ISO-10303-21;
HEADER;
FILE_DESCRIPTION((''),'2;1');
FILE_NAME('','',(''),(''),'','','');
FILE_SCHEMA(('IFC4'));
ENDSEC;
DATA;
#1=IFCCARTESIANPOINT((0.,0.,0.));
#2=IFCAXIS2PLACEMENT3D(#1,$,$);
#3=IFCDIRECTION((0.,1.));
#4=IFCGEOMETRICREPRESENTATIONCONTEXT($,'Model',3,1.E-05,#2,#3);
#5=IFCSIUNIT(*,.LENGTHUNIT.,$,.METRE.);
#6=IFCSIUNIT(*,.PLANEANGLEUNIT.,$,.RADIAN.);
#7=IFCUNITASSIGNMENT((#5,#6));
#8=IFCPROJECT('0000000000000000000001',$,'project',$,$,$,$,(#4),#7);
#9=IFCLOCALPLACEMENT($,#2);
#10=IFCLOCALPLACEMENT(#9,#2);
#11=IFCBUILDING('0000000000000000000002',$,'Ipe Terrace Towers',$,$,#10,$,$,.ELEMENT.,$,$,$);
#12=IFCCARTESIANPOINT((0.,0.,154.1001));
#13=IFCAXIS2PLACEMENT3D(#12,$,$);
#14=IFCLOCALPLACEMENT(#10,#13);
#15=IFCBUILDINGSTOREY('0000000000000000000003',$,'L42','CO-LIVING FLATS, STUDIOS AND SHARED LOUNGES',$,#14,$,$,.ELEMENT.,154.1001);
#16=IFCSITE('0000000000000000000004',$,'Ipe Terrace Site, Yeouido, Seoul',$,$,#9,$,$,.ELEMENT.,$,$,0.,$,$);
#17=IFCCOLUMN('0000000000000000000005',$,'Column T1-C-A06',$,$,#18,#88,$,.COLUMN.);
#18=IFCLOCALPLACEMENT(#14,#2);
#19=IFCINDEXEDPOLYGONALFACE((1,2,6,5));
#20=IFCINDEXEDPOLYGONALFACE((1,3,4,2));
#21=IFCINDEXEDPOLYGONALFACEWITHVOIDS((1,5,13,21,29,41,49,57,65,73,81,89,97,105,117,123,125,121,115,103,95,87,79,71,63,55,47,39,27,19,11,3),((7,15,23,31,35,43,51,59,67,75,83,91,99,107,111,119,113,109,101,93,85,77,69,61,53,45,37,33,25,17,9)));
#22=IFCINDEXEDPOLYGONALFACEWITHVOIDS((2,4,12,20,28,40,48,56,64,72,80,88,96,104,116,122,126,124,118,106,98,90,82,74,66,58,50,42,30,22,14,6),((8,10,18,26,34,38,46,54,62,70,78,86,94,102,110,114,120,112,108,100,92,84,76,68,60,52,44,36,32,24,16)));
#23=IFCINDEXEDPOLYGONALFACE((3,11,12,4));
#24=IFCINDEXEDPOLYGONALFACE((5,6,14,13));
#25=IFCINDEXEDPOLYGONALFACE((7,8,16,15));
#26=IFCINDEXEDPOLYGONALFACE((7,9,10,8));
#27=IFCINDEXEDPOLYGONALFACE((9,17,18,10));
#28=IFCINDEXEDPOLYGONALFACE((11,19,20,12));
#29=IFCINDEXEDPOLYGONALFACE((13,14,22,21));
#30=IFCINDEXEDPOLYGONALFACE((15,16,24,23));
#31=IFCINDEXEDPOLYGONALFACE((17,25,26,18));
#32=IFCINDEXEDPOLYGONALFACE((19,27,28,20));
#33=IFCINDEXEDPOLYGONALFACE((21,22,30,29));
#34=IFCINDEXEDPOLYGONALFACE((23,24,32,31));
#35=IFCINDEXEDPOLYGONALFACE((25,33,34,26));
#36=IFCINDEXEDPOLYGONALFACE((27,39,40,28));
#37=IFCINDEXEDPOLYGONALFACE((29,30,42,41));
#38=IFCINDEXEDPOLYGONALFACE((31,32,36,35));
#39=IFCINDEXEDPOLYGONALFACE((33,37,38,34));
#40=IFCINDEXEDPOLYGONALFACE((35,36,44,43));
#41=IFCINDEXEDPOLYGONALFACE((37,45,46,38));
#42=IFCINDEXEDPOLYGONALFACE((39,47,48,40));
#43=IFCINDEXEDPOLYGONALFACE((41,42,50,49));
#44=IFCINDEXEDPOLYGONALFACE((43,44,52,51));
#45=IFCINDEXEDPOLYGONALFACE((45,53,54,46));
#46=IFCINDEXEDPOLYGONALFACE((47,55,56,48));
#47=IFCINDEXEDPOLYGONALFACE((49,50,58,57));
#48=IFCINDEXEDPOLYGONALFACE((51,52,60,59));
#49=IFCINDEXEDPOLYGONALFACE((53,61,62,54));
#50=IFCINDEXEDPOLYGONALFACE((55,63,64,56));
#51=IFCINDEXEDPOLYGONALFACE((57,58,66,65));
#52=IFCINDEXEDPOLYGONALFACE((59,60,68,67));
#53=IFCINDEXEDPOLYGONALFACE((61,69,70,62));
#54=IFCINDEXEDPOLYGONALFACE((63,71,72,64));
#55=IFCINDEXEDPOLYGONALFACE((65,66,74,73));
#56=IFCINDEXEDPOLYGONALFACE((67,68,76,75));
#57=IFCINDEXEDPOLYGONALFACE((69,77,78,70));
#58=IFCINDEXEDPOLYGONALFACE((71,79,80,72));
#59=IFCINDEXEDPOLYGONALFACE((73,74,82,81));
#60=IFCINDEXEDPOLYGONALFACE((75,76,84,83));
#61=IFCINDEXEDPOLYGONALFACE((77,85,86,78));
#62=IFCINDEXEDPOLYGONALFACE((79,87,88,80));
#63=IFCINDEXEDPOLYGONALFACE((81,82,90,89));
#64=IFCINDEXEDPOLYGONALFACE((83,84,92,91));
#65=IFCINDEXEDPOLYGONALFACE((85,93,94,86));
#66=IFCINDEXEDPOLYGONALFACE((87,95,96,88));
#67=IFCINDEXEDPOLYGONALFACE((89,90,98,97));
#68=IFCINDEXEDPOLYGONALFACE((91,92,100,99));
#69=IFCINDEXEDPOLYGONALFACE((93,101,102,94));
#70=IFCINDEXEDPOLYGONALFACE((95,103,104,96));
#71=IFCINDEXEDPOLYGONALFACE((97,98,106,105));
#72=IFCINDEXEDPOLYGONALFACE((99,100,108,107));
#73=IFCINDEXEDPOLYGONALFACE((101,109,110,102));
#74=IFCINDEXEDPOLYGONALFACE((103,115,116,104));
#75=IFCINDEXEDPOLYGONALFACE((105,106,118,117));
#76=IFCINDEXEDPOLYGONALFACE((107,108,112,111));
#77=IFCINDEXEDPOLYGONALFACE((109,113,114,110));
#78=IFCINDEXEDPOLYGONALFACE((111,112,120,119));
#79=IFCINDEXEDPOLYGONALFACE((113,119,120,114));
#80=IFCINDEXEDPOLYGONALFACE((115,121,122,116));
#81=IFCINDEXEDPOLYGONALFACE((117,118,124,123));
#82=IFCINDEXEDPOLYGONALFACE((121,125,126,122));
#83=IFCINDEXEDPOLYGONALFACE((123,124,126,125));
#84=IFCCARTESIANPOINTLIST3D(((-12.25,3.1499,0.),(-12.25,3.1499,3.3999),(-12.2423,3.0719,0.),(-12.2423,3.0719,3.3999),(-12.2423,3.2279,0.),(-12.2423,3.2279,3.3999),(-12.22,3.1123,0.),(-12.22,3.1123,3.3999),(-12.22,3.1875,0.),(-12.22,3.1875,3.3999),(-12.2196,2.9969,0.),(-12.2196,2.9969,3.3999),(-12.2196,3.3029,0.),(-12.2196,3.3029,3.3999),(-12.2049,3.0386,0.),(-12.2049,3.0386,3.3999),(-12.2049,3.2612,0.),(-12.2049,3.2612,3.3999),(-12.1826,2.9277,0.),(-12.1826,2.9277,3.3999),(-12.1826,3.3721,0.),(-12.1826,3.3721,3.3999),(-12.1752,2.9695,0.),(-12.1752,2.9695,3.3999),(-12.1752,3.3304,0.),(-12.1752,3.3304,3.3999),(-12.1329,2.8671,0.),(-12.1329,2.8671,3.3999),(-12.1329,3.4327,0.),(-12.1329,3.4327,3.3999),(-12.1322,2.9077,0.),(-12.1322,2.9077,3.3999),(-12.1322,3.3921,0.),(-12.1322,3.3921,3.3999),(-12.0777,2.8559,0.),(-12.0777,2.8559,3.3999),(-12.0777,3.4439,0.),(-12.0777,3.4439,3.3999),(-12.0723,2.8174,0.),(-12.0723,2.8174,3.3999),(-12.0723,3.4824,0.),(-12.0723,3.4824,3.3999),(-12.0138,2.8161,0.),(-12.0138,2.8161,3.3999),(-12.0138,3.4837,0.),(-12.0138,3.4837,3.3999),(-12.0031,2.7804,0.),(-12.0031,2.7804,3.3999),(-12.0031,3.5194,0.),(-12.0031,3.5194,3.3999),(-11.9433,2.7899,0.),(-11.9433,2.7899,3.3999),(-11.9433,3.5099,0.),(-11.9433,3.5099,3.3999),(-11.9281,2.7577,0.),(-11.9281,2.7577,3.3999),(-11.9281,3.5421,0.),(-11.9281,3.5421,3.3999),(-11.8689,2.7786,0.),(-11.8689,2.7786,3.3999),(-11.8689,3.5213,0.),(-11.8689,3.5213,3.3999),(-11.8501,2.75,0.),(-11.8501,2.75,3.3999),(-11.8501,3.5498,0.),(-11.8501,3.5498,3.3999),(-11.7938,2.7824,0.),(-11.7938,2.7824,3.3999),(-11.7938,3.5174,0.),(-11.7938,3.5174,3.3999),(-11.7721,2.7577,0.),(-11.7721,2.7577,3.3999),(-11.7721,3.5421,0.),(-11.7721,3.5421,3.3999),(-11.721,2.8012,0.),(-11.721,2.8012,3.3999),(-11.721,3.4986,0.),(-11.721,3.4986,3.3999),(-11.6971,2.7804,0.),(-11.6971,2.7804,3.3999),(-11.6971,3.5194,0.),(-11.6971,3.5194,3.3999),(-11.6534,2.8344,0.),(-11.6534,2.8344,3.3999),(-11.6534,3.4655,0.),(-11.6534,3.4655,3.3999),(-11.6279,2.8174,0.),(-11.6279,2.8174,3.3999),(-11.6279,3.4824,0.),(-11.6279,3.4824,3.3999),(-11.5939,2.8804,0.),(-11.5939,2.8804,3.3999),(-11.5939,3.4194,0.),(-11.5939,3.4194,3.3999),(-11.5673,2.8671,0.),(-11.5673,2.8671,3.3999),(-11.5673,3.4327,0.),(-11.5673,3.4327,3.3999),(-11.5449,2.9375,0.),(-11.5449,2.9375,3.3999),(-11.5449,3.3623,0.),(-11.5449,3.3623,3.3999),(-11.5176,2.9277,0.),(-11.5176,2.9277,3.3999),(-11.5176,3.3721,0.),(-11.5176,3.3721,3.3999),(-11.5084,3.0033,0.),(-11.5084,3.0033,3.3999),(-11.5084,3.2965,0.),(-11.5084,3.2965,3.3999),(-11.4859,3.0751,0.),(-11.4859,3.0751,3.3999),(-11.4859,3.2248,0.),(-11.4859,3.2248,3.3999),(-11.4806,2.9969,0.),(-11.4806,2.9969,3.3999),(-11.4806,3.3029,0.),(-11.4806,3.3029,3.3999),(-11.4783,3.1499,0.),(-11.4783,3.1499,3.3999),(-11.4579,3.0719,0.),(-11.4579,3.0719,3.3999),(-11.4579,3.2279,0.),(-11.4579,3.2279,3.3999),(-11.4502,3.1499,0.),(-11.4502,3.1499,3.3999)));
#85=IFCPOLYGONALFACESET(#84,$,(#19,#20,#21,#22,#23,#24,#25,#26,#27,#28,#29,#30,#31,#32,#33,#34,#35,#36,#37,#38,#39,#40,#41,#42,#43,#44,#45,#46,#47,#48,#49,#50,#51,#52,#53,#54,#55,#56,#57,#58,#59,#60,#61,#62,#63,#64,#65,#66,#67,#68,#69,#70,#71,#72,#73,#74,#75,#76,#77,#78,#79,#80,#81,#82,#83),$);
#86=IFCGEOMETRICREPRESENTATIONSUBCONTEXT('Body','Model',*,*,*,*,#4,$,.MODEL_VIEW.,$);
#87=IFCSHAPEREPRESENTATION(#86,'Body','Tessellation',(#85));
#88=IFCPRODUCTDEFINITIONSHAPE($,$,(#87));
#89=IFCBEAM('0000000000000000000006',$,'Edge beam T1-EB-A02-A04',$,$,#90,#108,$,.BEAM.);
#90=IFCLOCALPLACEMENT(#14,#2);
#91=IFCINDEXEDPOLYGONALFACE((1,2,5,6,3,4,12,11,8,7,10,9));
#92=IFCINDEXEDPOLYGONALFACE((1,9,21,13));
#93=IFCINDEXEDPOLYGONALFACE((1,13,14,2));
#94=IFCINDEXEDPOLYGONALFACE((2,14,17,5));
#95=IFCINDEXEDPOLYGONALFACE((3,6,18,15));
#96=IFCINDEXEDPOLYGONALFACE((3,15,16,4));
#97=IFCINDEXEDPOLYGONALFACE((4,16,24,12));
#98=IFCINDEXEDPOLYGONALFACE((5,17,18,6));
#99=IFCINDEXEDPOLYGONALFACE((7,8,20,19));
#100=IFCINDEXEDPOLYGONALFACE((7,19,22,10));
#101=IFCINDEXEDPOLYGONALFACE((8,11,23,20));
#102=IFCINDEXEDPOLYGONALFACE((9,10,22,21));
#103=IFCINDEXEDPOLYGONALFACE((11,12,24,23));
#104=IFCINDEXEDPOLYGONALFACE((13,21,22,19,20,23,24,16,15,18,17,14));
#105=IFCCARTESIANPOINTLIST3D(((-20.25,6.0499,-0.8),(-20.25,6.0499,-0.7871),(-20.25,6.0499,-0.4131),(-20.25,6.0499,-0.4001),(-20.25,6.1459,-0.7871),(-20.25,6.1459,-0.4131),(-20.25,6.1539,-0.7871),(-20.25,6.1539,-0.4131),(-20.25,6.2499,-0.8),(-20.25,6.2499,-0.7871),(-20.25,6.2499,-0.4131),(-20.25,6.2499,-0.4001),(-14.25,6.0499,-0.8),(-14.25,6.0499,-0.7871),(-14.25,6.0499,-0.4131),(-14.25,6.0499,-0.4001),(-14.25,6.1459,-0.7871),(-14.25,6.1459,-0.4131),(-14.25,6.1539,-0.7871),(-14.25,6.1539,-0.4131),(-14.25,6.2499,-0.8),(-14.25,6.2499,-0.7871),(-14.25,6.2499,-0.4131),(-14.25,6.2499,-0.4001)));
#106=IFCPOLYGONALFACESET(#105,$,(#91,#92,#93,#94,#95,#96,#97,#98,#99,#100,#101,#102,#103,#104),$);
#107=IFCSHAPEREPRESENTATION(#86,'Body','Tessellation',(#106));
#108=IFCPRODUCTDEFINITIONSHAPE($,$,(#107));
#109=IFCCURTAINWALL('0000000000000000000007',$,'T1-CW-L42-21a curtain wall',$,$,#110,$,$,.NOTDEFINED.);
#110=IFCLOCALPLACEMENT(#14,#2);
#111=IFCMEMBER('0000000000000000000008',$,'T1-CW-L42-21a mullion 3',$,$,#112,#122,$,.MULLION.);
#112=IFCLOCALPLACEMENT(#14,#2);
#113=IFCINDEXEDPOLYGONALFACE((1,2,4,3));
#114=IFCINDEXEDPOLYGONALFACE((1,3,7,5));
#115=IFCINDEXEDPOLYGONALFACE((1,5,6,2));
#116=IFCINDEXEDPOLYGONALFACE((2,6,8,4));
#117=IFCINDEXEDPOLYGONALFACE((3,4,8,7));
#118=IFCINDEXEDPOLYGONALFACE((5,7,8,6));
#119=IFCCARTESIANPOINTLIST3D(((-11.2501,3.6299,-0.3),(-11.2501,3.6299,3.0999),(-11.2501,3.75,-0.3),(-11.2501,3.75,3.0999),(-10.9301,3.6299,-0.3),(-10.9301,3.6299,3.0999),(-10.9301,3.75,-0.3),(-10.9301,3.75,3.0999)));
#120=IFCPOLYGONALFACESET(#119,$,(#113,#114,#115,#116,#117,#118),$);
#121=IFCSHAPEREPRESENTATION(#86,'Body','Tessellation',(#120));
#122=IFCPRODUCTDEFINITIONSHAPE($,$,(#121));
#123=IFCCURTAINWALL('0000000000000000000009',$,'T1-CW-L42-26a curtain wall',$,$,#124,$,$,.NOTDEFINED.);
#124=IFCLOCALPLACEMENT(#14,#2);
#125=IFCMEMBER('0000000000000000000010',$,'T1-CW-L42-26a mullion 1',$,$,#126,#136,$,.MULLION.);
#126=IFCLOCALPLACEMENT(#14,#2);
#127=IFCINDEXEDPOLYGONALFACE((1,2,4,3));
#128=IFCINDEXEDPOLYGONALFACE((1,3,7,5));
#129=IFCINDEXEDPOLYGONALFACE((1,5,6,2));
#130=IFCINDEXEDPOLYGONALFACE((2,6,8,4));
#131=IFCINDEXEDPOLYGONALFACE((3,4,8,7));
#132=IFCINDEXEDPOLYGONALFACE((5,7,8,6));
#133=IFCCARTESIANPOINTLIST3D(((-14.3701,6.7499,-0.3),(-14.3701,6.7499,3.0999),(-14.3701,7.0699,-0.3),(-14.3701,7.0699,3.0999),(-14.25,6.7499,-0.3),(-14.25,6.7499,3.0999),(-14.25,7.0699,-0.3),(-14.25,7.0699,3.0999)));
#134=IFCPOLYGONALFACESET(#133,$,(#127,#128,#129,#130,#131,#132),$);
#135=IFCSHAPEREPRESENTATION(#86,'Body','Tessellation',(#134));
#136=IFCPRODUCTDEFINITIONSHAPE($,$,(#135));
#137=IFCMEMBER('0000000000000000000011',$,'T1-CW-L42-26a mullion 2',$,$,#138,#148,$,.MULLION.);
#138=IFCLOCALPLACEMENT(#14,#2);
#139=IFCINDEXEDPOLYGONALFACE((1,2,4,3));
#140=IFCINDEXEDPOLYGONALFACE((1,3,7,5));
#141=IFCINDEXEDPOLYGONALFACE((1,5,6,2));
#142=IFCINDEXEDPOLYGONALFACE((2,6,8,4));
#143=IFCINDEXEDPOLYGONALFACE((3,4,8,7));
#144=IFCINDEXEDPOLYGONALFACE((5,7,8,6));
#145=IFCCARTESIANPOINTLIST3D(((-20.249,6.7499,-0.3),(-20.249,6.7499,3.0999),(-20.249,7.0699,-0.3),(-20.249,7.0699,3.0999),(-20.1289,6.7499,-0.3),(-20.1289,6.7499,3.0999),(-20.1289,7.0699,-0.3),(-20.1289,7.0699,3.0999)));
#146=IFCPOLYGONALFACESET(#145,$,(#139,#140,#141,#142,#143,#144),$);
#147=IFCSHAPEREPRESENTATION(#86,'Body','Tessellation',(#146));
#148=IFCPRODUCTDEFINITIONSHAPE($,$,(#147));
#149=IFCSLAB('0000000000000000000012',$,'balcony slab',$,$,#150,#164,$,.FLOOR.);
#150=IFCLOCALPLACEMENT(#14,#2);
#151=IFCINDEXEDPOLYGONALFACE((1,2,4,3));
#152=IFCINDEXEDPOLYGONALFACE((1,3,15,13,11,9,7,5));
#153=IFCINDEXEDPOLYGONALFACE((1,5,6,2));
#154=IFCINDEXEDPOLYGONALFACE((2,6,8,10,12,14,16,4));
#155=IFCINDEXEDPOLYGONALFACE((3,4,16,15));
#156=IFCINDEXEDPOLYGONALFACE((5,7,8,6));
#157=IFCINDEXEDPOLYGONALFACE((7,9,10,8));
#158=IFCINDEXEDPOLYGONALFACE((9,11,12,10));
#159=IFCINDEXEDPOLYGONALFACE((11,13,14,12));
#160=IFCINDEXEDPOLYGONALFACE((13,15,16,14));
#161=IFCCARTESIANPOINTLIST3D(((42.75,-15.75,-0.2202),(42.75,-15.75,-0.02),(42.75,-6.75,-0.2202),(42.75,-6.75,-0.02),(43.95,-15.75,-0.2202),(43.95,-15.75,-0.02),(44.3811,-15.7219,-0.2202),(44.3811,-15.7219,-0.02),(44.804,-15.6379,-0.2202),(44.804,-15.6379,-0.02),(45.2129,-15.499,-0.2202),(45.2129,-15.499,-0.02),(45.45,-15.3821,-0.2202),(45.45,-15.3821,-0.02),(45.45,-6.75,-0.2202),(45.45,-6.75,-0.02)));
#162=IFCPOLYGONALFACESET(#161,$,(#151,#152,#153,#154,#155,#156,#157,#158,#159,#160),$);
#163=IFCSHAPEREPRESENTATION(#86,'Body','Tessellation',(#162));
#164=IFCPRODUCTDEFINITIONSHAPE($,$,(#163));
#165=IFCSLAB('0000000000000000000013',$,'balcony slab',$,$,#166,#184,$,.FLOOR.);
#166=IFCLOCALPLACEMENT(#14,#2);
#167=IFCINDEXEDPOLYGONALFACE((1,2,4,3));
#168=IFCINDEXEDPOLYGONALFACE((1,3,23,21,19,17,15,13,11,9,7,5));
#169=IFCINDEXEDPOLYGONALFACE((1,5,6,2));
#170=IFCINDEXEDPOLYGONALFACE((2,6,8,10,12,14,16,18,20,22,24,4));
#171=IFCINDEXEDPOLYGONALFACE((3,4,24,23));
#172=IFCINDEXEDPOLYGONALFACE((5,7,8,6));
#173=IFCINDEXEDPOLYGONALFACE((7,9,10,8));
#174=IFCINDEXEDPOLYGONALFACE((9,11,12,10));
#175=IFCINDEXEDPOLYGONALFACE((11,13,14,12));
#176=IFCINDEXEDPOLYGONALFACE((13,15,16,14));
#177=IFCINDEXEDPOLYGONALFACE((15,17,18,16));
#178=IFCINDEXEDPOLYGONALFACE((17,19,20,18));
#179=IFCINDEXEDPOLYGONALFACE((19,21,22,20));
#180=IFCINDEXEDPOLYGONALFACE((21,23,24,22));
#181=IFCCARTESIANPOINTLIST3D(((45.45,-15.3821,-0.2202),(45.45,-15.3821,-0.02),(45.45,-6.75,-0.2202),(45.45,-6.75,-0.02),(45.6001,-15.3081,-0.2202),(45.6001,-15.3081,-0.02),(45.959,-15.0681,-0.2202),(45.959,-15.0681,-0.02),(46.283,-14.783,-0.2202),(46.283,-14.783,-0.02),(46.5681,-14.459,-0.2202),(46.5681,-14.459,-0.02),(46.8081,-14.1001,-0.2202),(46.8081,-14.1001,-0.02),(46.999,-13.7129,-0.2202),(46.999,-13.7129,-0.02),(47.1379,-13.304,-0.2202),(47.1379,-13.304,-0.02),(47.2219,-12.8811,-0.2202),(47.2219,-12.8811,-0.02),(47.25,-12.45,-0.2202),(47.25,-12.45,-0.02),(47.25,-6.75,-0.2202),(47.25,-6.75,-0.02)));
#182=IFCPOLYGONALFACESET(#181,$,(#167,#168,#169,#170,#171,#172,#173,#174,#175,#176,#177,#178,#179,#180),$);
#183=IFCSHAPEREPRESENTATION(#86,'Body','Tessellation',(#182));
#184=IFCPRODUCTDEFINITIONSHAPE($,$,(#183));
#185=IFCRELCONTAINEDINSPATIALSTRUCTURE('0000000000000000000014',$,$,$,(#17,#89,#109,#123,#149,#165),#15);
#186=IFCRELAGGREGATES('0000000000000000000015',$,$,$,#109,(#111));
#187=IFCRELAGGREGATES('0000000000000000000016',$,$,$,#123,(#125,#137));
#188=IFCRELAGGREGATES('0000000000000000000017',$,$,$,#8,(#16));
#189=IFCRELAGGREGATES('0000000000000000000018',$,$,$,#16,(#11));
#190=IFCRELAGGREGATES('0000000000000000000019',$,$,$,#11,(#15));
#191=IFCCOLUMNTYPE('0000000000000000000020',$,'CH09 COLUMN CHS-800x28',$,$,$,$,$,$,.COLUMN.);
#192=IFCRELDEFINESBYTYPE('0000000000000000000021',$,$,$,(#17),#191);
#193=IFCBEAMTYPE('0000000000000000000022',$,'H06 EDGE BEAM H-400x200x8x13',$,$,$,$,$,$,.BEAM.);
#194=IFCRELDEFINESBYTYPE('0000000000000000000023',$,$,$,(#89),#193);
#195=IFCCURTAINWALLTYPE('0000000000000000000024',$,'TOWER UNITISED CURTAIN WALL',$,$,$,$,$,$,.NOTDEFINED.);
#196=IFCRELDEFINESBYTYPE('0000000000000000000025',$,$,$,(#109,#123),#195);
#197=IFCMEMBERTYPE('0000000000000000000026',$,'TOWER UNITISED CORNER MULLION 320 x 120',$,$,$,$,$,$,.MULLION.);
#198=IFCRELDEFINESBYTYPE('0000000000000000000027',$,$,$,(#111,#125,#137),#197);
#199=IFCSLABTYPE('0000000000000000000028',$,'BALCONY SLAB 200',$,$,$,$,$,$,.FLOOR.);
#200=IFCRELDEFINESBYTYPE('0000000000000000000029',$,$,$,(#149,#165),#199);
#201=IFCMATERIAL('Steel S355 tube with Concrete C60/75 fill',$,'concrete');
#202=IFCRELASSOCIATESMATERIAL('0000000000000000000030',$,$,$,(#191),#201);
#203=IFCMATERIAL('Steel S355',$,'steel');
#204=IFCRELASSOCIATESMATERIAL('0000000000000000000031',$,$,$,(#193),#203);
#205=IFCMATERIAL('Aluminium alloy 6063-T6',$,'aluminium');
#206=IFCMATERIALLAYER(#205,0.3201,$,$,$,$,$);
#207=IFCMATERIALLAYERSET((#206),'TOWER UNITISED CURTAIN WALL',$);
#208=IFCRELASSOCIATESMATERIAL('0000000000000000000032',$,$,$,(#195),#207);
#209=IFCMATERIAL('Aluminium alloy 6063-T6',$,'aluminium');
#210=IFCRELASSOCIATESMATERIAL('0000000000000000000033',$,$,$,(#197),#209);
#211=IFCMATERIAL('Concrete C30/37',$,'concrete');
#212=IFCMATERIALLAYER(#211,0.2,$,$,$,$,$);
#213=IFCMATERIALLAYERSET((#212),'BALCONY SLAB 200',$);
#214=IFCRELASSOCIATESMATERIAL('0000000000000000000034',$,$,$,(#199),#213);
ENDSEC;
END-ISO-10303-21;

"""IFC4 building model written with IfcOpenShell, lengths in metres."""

from ifc_helpers import new_model, si_unit, direction, frame, origin, origin_2d, place, context, subcontext, project, spatial, polyline, rectangle, hollow_circle, i_section, outline, extrude, material, layer, layer_set, material_profile, profile_set, type_object, element, aggregate, save


model = new_model("IFC4")

# Units and contexts
model_context = context("Model", 3, precision=1e-05, world=origin(), true_north=direction((0.0, 1.0)))
body_context = subcontext(model_context, "Body", "Model", "MODEL_VIEW")
ifc_project = project(units=[si_unit("LENGTHUNIT", "METRE"), si_unit("PLANEANGLEUNIT", "RADIAN")], contexts=[model_context])

# Site, building, storey
site_placement = place(None, origin())
site = spatial("IfcSite", under=ifc_project, at=site_placement, Name="Ipe Terrace Site, Yeouido, Seoul", CompositionType="ELEMENT", RefElevation=0.0)
building_placement = place(site_placement, origin())
building = spatial("IfcBuilding", under=site, at=building_placement, Name="Ipe Terrace Towers", CompositionType="ELEMENT")
storey_placement = place(building_placement, frame((0.0, 0.0, 154.1001)))
storey = spatial("IfcBuildingStorey", under=building, at=storey_placement, Name="L42", Description="CO-LIVING FLATS, STUDIOS AND SHARED LOUNGES", CompositionType="ELEMENT", Elevation=154.1001)

# Column
ifc_material_1 = material(Name="Steel S355 tube with Concrete C60/75 fill", Category="concrete")
ifc_material_profile_1 = material_profile(ifc_material_1, hollow_circle(Radius=0.3999, WallThickness=0.0281, at=origin_2d()), Name="CHS-800x28")
ifc_profile_set_1 = profile_set([ifc_material_profile_1], Name="Steel S355 tube with Concrete C60/75 fill")
column_type = type_object("IfcColumnType", Name="CH09 COLUMN CHS-800x28", PredefinedType="COLUMN", material=ifc_profile_set_1)
for number, where, z_axis, x_axis, name in (
    (1, (-11.8501, 3.1499, 0.0), (0.0, 0.0, 1.0), (1.0, 0.0, 0.0), "Column T1-C-A06"),
):
    element("IfcColumn", number, at=place(storey_placement, frame(where, z_axis=z_axis, x_axis=x_axis)), inside=storey, type_object=column_type, Name=name, PredefinedType="COLUMN", context=body_context, shape_type="SweptSolid", body=[
        extrude(hollow_circle(Radius=0.3999, WallThickness=0.0281, at=origin_2d()), origin(), (0.0, 0.0, 1.0), 3.3999),
    ])

# Beam
ifc_material_2 = material(Name="Steel S355", Category="steel")
ifc_material_profile_2 = material_profile(ifc_material_2, i_section(OverallWidth=0.2, OverallDepth=0.3999, WebThickness=0.0081, FlangeThickness=0.0129, at=origin_2d()), Name="H-400x200x8x13")
ifc_profile_set_2 = profile_set([ifc_material_profile_2], Name="Steel S355")
beam_type = type_object("IfcBeamType", Name="H06 EDGE BEAM H-400x200x8x13", PredefinedType="BEAM", material=ifc_profile_set_2)
beam_placement = place(storey_placement, frame((-20.25, 6.1499, -0.6001), z_axis=(1.0, 0.0, 0.0), x_axis=(0.0, 1.0, 0.0)))
element("IfcBeam", 2, at=beam_placement, inside=storey, type_object=beam_type, Name="Edge beam T1-EB-A02-A04", PredefinedType="BEAM", context=body_context, shape_type="SweptSolid", body=[
    extrude(i_section(OverallWidth=0.2, OverallDepth=0.3999, WebThickness=0.0081, FlangeThickness=0.0129, at=origin_2d()), origin(), (0.0, 0.0, 1.0), 6.0),
])

# Curtain wall, member
ifc_material_3 = material(Name="Aluminium alloy 6063-T6", Category="aluminium")
ifc_layer_1 = layer(ifc_material_3, 0.3201)
ifc_layer_set_1 = layer_set([ifc_layer_1], Name="TOWER UNITISED CURTAIN WALL")
curtain_wall_type = type_object("IfcCurtainWallType", Name="TOWER UNITISED CURTAIN WALL", PredefinedType="NOTDEFINED", material=ifc_layer_set_1)
curtain_wall_1_placement = place(storey_placement, origin())
curtain_wall_1 = element("IfcCurtainWall", 3, at=curtain_wall_1_placement, inside=storey, type_object=curtain_wall_type, Name="T1-CW-L42-21a curtain wall", PredefinedType="NOTDEFINED")
ifc_material_4 = material(Name="Aluminium alloy 6063-T6", Category="aluminium")
ifc_material_profile_3 = material_profile(ifc_material_4, rectangle(XDim=0.3201, YDim=0.1201, at=origin_2d()), Name="TOWER UNITISED CORNER MULLION 320 x 120")
ifc_profile_set_3 = profile_set([ifc_material_profile_3], Name="Aluminium alloy 6063-T6")
member_type = type_object("IfcMemberType", Name="TOWER UNITISED CORNER MULLION 320 x 120", PredefinedType="MULLION", material=ifc_profile_set_3)
member_1_placement = place(storey_placement, frame((-11.0901, 3.6899, -0.3), z_axis=(0.0, 0.0, 1.0), x_axis=(1.0, 0.0, 0.0)))
member_1 = element("IfcMember", 4, at=member_1_placement, type_object=member_type, Name="T1-CW-L42-21a mullion 3", PredefinedType="MULLION", context=body_context, shape_type="SweptSolid", body=[
    extrude(rectangle(XDim=0.3201, YDim=0.1201, at=origin_2d()), origin(), (0.0, 0.0, 1.0), 3.3999),
])

# Curtain wall, members
curtain_wall_2_placement = place(storey_placement, origin())
curtain_wall_2 = element("IfcCurtainWall", 5, at=curtain_wall_2_placement, inside=storey, type_object=curtain_wall_type, Name="T1-CW-L42-26a curtain wall", PredefinedType="NOTDEFINED")
member_2_placement = place(storey_placement, frame((-14.3101, 6.9099, -0.3), z_axis=(0.0, 0.0, 1.0), x_axis=(0.0, 1.0, 0.0)))
member_2 = element("IfcMember", 6, at=member_2_placement, type_object=member_type, Name="T1-CW-L42-26a mullion 1", PredefinedType="MULLION", context=body_context, shape_type="SweptSolid", body=[
    extrude(rectangle(XDim=0.3201, YDim=0.1201, at=origin_2d()), origin(), (0.0, 0.0, 1.0), 3.3999),
])
member_3_placement = place(storey_placement, frame((-20.189, 6.9099, -0.3), z_axis=(0.0, 0.0, 1.0), x_axis=(0.0, 1.0, 0.0)))
member_3 = element("IfcMember", 7, at=member_3_placement, type_object=member_type, Name="T1-CW-L42-26a mullion 2", PredefinedType="MULLION", context=body_context, shape_type="SweptSolid", body=[
    extrude(rectangle(XDim=0.3201, YDim=0.1201, at=origin_2d()), origin(), (0.0, 0.0, 1.0), 3.3999),
])

# Slabs
ifc_material_5 = material(Name="Concrete C30/37", Category="concrete")
ifc_layer_2 = layer(ifc_material_5, 0.2)
ifc_layer_set_2 = layer_set([ifc_layer_2], Name="BALCONY SLAB 200")
slab_type = type_object("IfcSlabType", Name="BALCONY SLAB 200", PredefinedType="FLOOR", material=ifc_layer_set_2)
slab_1_placement = place(storey_placement, frame((0.0, 0.0, -0.2202)))
element("IfcSlab", 8, at=slab_1_placement, inside=storey, type_object=slab_type, Name="balcony slab", PredefinedType="FLOOR", context=body_context, shape_type="SweptSolid", body=[
    extrude(outline(polyline([(45.2129, -15.499), (45.45, -15.3821), (45.45, -6.75), (42.75, -6.75), (42.75, -15.75), (43.95, -15.75), (44.3811, -15.7219), (44.804, -15.6379), (45.2129, -15.499)])), origin(), (0.0, 0.0, 1.0), 0.2002),
])
slab_2_placement = place(storey_placement, frame((0.0, 0.0, -0.2202)))
element("IfcSlab", 9, at=slab_2_placement, inside=storey, type_object=slab_type, Name="balcony slab", PredefinedType="FLOOR", context=body_context, shape_type="SweptSolid", body=[
    extrude(outline(polyline([(47.25, -6.75), (45.45, -6.75), (45.45, -15.3821), (45.6001, -15.3081), (45.959, -15.0681), (46.283, -14.783), (46.5681, -14.459), (46.8081, -14.1001), (46.999, -13.7129), (47.1379, -13.304), (47.2219, -12.8811), (47.25, -12.45), (47.25, -6.75)])), origin(), (0.0, 0.0, 1.0), 0.2002),
])

aggregate(curtain_wall_1, [member_1])
aggregate(curtain_wall_2, [member_2, member_3])

save(model, "model.ifc")
